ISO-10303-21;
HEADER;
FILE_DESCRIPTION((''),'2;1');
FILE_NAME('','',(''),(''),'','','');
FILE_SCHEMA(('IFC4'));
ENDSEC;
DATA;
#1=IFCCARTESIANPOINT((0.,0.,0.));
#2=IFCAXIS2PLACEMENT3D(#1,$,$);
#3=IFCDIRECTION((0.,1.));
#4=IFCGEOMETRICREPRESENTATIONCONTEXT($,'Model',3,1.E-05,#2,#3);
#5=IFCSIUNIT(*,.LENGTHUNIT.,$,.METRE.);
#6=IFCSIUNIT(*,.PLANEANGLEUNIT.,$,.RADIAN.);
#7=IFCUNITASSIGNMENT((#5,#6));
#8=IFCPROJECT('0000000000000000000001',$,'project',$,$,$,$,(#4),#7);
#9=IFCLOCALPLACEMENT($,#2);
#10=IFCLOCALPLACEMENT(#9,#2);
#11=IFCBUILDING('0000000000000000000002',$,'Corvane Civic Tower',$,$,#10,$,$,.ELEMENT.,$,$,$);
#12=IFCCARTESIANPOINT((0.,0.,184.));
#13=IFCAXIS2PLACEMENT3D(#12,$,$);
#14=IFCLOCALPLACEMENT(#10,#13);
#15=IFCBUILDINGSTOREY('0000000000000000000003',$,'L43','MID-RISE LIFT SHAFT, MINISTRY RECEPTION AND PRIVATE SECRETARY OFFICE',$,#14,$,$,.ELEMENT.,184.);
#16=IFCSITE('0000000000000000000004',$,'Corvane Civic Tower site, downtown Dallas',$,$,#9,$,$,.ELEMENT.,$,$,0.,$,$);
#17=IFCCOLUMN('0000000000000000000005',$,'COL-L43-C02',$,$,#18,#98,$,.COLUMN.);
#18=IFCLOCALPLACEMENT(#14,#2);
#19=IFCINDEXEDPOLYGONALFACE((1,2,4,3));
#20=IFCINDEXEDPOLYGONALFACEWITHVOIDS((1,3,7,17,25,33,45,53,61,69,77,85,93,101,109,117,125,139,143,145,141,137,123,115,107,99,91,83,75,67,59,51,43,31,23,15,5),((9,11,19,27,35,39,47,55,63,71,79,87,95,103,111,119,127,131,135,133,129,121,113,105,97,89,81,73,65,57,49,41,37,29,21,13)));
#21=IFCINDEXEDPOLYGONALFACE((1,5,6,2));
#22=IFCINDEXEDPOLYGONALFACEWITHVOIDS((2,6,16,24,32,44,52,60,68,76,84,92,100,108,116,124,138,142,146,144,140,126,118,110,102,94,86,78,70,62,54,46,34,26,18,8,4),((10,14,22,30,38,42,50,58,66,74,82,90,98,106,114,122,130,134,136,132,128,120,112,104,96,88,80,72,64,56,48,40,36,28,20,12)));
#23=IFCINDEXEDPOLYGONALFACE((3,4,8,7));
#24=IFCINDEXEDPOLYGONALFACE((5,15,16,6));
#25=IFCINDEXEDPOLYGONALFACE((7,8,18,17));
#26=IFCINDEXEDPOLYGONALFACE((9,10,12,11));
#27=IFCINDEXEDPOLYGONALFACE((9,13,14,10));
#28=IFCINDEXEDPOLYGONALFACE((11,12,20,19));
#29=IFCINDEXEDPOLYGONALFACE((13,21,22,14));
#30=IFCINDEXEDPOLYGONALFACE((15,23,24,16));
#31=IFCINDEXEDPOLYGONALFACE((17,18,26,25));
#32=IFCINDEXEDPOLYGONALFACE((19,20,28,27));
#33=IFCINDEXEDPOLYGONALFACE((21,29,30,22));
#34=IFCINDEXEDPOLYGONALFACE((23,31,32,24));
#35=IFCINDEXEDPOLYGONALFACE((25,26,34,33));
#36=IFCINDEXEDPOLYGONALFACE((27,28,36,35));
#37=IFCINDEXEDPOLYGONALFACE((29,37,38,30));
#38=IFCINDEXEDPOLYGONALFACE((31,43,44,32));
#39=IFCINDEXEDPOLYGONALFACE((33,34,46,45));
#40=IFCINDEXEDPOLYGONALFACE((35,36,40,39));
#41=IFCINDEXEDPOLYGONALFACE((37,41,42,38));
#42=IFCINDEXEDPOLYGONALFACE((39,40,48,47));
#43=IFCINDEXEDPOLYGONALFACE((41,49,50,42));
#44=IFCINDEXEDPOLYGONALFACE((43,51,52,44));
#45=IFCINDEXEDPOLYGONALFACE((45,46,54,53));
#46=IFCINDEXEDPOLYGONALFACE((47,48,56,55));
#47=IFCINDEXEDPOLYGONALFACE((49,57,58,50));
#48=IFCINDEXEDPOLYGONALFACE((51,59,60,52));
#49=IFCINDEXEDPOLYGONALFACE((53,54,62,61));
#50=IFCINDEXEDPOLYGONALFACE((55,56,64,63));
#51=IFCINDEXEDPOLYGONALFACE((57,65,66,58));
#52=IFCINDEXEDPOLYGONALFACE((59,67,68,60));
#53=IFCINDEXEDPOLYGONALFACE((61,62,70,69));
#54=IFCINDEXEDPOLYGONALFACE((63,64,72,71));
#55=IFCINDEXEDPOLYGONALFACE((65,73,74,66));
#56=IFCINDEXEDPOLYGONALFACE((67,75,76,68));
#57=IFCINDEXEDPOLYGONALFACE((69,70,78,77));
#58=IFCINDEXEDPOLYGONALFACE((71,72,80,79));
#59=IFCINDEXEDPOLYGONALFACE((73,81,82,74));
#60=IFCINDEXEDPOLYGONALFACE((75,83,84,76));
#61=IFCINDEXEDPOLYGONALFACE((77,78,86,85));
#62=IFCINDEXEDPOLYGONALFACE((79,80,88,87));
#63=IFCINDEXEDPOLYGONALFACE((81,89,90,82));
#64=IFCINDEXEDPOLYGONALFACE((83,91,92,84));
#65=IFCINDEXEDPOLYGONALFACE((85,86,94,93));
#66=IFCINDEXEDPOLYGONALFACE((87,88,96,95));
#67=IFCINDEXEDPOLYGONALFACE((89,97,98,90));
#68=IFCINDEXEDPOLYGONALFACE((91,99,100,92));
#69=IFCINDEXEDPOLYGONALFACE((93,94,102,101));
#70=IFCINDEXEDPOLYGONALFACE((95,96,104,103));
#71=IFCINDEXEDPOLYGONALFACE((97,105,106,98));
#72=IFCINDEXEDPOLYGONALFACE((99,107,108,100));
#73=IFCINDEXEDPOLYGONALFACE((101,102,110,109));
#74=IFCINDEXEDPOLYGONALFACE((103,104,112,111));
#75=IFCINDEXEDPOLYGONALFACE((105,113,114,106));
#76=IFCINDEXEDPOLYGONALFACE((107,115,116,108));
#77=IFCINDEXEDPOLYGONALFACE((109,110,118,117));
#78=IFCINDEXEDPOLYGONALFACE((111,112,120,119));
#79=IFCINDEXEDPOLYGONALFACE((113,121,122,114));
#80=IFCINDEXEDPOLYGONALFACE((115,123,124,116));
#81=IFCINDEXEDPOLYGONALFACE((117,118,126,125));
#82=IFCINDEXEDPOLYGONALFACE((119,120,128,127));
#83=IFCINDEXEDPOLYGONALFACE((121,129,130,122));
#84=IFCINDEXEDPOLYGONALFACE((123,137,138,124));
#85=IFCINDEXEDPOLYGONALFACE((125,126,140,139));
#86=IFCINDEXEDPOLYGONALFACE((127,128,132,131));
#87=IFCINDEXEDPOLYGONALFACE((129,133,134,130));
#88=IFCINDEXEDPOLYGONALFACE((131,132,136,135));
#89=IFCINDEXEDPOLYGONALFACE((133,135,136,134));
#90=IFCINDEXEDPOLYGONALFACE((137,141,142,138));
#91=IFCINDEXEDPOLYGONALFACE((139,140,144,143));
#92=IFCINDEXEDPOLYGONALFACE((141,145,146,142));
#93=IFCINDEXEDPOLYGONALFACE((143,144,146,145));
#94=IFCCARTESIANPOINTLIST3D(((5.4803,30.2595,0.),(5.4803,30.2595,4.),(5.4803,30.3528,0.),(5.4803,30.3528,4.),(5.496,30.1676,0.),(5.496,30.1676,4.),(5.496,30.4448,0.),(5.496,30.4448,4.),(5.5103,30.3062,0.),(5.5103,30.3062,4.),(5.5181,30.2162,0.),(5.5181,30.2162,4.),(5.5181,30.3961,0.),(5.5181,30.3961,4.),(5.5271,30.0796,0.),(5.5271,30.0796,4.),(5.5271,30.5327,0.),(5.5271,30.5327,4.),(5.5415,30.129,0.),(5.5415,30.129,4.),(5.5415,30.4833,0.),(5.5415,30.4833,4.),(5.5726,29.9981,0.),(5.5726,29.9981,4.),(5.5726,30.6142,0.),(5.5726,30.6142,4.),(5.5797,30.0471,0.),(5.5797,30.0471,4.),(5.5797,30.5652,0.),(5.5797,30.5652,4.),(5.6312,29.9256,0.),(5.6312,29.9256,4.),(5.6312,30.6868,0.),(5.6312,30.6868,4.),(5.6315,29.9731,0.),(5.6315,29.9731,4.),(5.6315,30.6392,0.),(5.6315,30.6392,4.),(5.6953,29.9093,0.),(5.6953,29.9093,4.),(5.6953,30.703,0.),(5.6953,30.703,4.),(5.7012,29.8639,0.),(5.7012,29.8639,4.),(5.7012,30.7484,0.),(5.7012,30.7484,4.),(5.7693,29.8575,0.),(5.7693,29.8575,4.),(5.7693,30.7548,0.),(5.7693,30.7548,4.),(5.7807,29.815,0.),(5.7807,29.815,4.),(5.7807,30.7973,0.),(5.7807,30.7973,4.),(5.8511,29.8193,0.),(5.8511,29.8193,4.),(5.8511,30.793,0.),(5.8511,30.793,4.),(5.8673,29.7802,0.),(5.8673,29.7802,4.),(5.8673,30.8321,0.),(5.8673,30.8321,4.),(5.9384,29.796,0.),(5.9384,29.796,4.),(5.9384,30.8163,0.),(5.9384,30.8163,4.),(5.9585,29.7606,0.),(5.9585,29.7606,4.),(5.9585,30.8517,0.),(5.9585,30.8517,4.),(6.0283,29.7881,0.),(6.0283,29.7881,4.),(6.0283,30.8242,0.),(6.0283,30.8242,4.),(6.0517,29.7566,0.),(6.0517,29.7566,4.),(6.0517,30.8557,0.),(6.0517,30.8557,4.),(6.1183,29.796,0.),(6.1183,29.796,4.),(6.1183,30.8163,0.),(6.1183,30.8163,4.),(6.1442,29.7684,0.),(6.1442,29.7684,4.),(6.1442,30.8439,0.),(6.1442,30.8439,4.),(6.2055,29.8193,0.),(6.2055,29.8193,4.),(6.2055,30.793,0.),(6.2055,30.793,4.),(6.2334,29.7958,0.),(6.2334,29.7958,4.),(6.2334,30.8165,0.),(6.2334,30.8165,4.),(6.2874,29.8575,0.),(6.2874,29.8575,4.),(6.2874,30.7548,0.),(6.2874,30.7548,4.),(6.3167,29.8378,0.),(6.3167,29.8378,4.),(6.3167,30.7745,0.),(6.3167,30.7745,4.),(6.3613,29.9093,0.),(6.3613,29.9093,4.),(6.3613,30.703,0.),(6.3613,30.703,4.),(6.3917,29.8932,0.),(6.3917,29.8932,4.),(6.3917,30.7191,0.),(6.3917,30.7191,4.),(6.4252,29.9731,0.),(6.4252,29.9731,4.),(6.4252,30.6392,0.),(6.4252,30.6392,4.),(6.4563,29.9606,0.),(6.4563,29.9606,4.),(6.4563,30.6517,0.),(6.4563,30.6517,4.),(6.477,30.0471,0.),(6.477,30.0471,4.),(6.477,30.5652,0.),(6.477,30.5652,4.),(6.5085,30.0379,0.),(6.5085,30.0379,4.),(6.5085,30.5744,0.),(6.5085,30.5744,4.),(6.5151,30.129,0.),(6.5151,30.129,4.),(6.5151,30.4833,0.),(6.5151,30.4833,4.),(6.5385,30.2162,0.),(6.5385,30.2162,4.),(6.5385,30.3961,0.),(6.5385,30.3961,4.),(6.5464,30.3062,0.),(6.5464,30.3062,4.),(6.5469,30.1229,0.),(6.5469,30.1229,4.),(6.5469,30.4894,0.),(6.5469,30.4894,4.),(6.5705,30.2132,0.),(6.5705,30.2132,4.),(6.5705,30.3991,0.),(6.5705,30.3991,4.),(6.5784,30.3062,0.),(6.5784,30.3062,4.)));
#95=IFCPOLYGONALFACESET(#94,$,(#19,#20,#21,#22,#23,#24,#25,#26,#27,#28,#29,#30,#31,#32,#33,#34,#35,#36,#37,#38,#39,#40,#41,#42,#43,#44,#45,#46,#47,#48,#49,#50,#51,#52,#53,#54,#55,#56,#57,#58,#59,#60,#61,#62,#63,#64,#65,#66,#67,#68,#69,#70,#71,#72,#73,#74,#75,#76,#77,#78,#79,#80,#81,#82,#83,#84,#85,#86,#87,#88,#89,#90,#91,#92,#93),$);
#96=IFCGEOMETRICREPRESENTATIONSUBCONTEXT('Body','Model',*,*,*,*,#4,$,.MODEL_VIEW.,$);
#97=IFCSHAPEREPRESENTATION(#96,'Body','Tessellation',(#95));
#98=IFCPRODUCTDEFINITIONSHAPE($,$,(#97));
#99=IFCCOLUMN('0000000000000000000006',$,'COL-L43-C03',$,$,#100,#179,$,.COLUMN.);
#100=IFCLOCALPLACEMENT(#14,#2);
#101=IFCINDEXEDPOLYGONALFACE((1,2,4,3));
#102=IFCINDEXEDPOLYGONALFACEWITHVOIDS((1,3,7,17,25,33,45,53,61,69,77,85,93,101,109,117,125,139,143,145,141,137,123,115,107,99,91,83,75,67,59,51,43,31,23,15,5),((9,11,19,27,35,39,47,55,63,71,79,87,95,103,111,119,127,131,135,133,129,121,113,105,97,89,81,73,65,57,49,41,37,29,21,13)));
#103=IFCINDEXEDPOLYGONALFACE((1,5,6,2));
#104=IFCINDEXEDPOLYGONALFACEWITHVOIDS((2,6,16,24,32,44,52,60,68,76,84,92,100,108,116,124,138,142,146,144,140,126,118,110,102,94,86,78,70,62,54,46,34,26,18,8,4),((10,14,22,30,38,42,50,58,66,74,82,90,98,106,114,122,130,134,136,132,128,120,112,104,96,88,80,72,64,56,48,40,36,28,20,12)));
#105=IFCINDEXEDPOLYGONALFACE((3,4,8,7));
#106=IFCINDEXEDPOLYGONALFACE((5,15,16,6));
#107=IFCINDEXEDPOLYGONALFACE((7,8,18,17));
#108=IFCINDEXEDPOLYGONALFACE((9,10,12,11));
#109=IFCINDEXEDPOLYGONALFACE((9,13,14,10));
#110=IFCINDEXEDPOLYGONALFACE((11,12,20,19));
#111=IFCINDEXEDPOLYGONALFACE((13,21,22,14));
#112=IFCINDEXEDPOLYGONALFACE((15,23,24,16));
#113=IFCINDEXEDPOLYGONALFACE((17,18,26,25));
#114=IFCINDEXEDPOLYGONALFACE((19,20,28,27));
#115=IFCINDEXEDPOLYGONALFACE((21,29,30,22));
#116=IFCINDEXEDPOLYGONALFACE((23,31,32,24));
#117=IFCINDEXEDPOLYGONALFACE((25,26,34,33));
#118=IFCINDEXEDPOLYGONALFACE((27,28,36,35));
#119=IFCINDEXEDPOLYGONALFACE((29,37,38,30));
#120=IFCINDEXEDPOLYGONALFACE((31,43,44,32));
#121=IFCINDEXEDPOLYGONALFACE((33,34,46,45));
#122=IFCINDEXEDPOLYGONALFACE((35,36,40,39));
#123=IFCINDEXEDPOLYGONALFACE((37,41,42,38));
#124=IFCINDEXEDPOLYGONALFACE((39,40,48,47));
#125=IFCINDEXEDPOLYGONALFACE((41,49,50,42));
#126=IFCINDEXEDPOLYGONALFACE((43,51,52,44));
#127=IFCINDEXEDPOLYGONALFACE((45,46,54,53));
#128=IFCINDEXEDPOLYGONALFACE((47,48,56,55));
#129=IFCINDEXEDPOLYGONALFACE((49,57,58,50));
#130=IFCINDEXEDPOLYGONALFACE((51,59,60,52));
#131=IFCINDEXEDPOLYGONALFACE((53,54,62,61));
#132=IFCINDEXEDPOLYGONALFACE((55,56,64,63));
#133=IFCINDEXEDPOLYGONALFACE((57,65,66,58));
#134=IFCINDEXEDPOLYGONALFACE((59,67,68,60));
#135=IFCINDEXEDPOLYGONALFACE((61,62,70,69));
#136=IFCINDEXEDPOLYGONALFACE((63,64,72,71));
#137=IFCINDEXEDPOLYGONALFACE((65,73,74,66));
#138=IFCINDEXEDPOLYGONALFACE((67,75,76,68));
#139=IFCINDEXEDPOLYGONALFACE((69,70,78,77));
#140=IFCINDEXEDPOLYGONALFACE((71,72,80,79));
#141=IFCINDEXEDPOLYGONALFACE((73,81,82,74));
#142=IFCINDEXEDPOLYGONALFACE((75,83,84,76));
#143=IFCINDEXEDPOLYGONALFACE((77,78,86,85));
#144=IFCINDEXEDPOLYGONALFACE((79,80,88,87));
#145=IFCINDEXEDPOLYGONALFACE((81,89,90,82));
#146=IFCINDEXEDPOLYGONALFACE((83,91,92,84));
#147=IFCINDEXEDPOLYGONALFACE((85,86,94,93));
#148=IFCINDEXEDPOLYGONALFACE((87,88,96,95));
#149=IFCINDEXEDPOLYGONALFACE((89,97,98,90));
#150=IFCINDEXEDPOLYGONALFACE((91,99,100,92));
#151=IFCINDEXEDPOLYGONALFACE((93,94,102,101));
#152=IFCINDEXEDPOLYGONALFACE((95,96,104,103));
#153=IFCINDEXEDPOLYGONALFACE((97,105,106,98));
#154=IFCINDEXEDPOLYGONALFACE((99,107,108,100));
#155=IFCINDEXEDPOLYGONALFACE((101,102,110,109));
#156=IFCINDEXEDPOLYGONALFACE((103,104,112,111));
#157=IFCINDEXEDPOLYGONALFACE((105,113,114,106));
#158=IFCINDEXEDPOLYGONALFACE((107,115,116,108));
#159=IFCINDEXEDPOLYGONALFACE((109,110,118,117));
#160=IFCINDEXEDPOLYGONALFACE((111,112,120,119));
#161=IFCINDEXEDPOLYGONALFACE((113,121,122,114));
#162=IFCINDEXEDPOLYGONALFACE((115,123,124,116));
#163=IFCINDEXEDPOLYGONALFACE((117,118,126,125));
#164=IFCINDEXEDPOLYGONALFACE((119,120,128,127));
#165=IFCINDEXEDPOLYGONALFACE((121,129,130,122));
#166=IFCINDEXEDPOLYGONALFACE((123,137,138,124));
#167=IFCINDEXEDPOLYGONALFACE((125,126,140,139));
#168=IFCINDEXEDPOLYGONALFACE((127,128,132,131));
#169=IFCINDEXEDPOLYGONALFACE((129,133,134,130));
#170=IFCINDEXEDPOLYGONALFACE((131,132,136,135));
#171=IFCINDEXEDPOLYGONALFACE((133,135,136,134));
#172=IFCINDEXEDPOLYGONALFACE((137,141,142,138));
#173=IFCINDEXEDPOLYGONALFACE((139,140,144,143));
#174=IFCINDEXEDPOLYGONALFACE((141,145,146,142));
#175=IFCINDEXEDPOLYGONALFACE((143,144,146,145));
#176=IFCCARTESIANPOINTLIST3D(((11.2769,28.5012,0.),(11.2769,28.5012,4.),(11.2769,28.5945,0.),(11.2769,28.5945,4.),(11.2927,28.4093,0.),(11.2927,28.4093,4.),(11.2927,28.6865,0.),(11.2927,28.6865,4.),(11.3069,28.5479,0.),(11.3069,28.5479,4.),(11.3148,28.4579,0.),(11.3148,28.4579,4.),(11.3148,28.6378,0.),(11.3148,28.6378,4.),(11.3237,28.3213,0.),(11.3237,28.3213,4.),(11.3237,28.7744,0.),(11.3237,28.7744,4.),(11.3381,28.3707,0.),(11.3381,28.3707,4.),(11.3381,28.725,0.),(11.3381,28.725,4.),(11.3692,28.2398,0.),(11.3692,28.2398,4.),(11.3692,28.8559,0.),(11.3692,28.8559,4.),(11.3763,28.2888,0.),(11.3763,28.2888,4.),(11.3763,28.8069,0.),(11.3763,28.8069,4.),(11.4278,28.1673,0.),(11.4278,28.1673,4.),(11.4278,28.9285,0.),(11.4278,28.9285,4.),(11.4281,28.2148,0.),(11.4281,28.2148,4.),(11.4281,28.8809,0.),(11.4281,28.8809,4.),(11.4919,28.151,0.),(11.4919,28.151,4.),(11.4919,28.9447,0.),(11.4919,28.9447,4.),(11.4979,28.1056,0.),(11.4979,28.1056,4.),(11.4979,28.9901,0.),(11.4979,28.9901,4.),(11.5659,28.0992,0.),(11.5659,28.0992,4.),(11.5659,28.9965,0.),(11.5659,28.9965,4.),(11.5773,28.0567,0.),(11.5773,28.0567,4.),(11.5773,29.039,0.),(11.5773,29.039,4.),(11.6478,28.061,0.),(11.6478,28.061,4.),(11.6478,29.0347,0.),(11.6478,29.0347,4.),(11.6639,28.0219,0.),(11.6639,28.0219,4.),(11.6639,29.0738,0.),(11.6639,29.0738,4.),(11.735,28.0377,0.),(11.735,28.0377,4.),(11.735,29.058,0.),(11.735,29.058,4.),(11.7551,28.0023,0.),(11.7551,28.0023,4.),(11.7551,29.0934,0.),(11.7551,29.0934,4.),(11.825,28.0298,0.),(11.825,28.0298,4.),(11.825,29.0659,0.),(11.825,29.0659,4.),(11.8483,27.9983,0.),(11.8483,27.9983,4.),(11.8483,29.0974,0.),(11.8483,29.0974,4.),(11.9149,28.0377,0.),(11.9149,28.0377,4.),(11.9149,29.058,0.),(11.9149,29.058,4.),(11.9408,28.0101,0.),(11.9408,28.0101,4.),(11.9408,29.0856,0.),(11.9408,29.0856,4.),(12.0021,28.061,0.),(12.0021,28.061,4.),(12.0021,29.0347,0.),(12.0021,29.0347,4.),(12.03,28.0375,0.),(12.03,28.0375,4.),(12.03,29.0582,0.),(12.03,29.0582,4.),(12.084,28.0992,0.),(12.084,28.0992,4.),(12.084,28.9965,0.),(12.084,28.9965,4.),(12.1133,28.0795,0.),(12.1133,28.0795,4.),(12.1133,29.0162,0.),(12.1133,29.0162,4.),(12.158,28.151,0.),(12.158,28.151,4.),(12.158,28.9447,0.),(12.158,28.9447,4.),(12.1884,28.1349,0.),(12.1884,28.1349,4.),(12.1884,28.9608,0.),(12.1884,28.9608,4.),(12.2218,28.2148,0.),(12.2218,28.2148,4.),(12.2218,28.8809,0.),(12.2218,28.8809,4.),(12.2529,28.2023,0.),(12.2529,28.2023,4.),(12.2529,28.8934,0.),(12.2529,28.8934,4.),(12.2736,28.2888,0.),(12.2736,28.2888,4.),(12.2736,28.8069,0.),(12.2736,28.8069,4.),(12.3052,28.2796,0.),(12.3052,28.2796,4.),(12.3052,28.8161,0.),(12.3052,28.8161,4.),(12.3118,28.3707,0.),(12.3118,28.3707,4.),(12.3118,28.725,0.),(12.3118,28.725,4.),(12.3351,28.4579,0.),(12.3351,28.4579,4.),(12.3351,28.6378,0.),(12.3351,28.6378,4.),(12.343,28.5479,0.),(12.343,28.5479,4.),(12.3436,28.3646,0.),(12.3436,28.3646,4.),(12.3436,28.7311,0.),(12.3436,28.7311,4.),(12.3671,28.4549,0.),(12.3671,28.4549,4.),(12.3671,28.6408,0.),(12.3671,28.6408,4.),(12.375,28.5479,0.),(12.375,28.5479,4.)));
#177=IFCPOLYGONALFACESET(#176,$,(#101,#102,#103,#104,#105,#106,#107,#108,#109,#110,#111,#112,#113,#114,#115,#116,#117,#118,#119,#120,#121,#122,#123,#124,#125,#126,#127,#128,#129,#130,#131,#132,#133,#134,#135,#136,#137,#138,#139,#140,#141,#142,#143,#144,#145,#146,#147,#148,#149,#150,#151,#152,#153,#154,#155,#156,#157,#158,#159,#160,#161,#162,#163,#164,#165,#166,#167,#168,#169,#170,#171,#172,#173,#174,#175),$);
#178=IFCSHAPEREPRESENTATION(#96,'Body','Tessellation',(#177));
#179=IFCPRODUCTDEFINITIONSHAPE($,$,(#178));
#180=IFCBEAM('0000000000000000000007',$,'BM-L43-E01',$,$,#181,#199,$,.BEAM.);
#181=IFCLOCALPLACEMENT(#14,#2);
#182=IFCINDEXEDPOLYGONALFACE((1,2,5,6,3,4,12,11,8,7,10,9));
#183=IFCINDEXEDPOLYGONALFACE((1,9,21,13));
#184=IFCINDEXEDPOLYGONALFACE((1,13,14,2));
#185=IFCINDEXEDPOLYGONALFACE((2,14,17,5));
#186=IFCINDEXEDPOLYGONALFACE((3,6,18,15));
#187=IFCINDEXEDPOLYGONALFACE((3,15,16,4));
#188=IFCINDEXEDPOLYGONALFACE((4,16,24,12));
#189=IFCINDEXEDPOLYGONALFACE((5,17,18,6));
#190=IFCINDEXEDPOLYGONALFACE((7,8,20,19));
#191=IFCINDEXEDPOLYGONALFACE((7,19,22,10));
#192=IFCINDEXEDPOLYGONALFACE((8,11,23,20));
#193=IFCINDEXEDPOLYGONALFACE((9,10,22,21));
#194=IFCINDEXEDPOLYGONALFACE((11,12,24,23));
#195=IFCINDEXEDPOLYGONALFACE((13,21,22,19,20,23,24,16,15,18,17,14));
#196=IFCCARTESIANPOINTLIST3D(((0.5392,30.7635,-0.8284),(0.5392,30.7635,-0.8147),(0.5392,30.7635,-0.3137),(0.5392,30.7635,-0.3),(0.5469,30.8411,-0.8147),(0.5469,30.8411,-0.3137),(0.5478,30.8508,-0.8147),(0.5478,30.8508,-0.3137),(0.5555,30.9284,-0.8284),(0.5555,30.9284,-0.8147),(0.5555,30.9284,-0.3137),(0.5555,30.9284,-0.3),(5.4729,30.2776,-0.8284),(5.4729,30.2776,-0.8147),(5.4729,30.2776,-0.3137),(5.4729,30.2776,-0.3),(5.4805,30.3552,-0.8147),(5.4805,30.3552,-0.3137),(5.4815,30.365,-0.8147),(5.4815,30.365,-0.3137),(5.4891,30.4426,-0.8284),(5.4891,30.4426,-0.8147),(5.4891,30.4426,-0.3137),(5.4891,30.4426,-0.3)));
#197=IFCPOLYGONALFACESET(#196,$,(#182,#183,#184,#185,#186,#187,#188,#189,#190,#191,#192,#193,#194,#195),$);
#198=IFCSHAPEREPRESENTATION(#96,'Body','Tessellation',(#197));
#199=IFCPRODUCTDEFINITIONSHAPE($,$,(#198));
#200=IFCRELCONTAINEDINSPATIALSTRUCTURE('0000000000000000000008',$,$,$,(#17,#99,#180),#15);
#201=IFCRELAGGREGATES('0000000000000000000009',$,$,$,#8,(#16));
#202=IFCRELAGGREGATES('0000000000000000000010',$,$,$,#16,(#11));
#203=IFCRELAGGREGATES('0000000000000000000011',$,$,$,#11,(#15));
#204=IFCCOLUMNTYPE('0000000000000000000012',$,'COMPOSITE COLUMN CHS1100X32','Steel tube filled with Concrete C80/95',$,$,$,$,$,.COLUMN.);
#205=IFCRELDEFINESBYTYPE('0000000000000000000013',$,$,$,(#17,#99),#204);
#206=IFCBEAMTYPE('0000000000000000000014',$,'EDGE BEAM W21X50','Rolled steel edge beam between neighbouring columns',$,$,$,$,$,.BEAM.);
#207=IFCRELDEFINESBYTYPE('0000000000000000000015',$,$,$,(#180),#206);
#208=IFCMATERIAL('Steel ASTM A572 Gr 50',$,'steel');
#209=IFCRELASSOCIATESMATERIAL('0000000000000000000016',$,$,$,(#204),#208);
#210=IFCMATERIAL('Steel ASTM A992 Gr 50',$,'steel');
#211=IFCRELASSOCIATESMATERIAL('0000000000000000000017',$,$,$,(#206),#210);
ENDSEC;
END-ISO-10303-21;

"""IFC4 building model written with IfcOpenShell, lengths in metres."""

from ifc_helpers import new_model, si_unit, direction, frame, origin, origin_2d, place, context, subcontext, project, spatial, hollow_circle, i_section, extrude, material, material_profile, profile_set, type_object, element, save


model = new_model("IFC4")

# Units and contexts
model_context = context("Model", 3, precision=1e-05, world=origin(), true_north=direction((0.0, 1.0)))
body_context = subcontext(model_context, "Body", "Model", "MODEL_VIEW")
ifc_project = project(units=[si_unit("LENGTHUNIT", "METRE"), si_unit("PLANEANGLEUNIT", "RADIAN")], contexts=[model_context])

# Site, building, storey
site_placement = place(None, origin())
site = spatial("IfcSite", under=ifc_project, at=site_placement, Name="Corvane Civic Tower site, downtown Dallas", CompositionType="ELEMENT", RefElevation=0.0)
building_placement = place(site_placement, origin())
building = spatial("IfcBuilding", under=site, at=building_placement, Name="Corvane Civic Tower", CompositionType="ELEMENT")
storey_placement = place(building_placement, frame((0.0, 0.0, 184.0)))
storey = spatial("IfcBuildingStorey", under=building, at=storey_placement, Name="L43", Description="MID-RISE LIFT SHAFT, MINISTRY RECEPTION AND PRIVATE SECRETARY OFFICE", CompositionType="ELEMENT", Elevation=184.0)

# Columns
ifc_material_1 = material(Name="Steel ASTM A572 Gr 50", Category="steel")
ifc_material_profile_1 = material_profile(ifc_material_1, hollow_circle(Radius=0.55, WallThickness=0.032, at=origin_2d()), Name="CHS1100X32")
ifc_profile_set_1 = profile_set([ifc_material_profile_1], Name="Steel ASTM A572 Gr 50")
column_type = type_object("IfcColumnType", Name="COMPOSITE COLUMN CHS1100X32", Description="Steel tube filled with Concrete C80/95", PredefinedType="COLUMN", material=ifc_profile_set_1)
for number, where, z_axis, x_axis, name in (
    (1, (6.0283, 30.3062, 0.0), (0.0, 0.0, 1.0), (1.0, 0.0, 0.0), "COL-L43-C02"),
    (2, (11.825, 28.5479, 0.0), (0.0, 0.0, 1.0), (1.0, 0.0, 0.0), "COL-L43-C03"),
):
    element("IfcColumn", number, at=place(storey_placement, frame(where, z_axis=z_axis, x_axis=x_axis)), inside=storey, type_object=column_type, Name=name, PredefinedType="COLUMN", context=body_context, shape_type="SweptSolid", body=[
        extrude(hollow_circle(Radius=0.55, WallThickness=0.032, at=origin_2d()), origin(), (0.0, 0.0, 1.0), 4.0),
    ])

# Beam
ifc_material_2 = material(Name="Steel ASTM A992 Gr 50", Category="steel")
ifc_material_profile_2 = material_profile(ifc_material_2, i_section(OverallWidth=0.1658, OverallDepth=0.5283, WebThickness=0.0098, FlangeThickness=0.0137, at=origin_2d()), Name="W21X50")
ifc_profile_set_2 = profile_set([ifc_material_profile_2], Name="Steel ASTM A992 Gr 50")
beam_type_1 = type_object("IfcBeamType", Name="EDGE BEAM W21X50", Description="Rolled steel edge beam between neighbouring columns", PredefinedType="BEAM", material=ifc_profile_set_2)
beam_1_placement = place(storey_placement, frame((0.5474, 30.8459, -0.5642), z_axis=(0.995186, -0.098002, 0.0), x_axis=(0.098002, 0.995186, 0.0)))
element("IfcBeam", 3, at=beam_1_placement, inside=storey, type_object=beam_type_1, Name="BM-L43-E01", PredefinedType="BEAM", context=body_context, shape_type="SweptSolid", body=[
    extrude(i_section(OverallWidth=0.1658, OverallDepth=0.5283, WebThickness=0.0098, FlangeThickness=0.0137, at=origin_2d()), origin(), (0.0, 0.0, 1.0), 4.9575),
])

save(model, "model.ifc")
